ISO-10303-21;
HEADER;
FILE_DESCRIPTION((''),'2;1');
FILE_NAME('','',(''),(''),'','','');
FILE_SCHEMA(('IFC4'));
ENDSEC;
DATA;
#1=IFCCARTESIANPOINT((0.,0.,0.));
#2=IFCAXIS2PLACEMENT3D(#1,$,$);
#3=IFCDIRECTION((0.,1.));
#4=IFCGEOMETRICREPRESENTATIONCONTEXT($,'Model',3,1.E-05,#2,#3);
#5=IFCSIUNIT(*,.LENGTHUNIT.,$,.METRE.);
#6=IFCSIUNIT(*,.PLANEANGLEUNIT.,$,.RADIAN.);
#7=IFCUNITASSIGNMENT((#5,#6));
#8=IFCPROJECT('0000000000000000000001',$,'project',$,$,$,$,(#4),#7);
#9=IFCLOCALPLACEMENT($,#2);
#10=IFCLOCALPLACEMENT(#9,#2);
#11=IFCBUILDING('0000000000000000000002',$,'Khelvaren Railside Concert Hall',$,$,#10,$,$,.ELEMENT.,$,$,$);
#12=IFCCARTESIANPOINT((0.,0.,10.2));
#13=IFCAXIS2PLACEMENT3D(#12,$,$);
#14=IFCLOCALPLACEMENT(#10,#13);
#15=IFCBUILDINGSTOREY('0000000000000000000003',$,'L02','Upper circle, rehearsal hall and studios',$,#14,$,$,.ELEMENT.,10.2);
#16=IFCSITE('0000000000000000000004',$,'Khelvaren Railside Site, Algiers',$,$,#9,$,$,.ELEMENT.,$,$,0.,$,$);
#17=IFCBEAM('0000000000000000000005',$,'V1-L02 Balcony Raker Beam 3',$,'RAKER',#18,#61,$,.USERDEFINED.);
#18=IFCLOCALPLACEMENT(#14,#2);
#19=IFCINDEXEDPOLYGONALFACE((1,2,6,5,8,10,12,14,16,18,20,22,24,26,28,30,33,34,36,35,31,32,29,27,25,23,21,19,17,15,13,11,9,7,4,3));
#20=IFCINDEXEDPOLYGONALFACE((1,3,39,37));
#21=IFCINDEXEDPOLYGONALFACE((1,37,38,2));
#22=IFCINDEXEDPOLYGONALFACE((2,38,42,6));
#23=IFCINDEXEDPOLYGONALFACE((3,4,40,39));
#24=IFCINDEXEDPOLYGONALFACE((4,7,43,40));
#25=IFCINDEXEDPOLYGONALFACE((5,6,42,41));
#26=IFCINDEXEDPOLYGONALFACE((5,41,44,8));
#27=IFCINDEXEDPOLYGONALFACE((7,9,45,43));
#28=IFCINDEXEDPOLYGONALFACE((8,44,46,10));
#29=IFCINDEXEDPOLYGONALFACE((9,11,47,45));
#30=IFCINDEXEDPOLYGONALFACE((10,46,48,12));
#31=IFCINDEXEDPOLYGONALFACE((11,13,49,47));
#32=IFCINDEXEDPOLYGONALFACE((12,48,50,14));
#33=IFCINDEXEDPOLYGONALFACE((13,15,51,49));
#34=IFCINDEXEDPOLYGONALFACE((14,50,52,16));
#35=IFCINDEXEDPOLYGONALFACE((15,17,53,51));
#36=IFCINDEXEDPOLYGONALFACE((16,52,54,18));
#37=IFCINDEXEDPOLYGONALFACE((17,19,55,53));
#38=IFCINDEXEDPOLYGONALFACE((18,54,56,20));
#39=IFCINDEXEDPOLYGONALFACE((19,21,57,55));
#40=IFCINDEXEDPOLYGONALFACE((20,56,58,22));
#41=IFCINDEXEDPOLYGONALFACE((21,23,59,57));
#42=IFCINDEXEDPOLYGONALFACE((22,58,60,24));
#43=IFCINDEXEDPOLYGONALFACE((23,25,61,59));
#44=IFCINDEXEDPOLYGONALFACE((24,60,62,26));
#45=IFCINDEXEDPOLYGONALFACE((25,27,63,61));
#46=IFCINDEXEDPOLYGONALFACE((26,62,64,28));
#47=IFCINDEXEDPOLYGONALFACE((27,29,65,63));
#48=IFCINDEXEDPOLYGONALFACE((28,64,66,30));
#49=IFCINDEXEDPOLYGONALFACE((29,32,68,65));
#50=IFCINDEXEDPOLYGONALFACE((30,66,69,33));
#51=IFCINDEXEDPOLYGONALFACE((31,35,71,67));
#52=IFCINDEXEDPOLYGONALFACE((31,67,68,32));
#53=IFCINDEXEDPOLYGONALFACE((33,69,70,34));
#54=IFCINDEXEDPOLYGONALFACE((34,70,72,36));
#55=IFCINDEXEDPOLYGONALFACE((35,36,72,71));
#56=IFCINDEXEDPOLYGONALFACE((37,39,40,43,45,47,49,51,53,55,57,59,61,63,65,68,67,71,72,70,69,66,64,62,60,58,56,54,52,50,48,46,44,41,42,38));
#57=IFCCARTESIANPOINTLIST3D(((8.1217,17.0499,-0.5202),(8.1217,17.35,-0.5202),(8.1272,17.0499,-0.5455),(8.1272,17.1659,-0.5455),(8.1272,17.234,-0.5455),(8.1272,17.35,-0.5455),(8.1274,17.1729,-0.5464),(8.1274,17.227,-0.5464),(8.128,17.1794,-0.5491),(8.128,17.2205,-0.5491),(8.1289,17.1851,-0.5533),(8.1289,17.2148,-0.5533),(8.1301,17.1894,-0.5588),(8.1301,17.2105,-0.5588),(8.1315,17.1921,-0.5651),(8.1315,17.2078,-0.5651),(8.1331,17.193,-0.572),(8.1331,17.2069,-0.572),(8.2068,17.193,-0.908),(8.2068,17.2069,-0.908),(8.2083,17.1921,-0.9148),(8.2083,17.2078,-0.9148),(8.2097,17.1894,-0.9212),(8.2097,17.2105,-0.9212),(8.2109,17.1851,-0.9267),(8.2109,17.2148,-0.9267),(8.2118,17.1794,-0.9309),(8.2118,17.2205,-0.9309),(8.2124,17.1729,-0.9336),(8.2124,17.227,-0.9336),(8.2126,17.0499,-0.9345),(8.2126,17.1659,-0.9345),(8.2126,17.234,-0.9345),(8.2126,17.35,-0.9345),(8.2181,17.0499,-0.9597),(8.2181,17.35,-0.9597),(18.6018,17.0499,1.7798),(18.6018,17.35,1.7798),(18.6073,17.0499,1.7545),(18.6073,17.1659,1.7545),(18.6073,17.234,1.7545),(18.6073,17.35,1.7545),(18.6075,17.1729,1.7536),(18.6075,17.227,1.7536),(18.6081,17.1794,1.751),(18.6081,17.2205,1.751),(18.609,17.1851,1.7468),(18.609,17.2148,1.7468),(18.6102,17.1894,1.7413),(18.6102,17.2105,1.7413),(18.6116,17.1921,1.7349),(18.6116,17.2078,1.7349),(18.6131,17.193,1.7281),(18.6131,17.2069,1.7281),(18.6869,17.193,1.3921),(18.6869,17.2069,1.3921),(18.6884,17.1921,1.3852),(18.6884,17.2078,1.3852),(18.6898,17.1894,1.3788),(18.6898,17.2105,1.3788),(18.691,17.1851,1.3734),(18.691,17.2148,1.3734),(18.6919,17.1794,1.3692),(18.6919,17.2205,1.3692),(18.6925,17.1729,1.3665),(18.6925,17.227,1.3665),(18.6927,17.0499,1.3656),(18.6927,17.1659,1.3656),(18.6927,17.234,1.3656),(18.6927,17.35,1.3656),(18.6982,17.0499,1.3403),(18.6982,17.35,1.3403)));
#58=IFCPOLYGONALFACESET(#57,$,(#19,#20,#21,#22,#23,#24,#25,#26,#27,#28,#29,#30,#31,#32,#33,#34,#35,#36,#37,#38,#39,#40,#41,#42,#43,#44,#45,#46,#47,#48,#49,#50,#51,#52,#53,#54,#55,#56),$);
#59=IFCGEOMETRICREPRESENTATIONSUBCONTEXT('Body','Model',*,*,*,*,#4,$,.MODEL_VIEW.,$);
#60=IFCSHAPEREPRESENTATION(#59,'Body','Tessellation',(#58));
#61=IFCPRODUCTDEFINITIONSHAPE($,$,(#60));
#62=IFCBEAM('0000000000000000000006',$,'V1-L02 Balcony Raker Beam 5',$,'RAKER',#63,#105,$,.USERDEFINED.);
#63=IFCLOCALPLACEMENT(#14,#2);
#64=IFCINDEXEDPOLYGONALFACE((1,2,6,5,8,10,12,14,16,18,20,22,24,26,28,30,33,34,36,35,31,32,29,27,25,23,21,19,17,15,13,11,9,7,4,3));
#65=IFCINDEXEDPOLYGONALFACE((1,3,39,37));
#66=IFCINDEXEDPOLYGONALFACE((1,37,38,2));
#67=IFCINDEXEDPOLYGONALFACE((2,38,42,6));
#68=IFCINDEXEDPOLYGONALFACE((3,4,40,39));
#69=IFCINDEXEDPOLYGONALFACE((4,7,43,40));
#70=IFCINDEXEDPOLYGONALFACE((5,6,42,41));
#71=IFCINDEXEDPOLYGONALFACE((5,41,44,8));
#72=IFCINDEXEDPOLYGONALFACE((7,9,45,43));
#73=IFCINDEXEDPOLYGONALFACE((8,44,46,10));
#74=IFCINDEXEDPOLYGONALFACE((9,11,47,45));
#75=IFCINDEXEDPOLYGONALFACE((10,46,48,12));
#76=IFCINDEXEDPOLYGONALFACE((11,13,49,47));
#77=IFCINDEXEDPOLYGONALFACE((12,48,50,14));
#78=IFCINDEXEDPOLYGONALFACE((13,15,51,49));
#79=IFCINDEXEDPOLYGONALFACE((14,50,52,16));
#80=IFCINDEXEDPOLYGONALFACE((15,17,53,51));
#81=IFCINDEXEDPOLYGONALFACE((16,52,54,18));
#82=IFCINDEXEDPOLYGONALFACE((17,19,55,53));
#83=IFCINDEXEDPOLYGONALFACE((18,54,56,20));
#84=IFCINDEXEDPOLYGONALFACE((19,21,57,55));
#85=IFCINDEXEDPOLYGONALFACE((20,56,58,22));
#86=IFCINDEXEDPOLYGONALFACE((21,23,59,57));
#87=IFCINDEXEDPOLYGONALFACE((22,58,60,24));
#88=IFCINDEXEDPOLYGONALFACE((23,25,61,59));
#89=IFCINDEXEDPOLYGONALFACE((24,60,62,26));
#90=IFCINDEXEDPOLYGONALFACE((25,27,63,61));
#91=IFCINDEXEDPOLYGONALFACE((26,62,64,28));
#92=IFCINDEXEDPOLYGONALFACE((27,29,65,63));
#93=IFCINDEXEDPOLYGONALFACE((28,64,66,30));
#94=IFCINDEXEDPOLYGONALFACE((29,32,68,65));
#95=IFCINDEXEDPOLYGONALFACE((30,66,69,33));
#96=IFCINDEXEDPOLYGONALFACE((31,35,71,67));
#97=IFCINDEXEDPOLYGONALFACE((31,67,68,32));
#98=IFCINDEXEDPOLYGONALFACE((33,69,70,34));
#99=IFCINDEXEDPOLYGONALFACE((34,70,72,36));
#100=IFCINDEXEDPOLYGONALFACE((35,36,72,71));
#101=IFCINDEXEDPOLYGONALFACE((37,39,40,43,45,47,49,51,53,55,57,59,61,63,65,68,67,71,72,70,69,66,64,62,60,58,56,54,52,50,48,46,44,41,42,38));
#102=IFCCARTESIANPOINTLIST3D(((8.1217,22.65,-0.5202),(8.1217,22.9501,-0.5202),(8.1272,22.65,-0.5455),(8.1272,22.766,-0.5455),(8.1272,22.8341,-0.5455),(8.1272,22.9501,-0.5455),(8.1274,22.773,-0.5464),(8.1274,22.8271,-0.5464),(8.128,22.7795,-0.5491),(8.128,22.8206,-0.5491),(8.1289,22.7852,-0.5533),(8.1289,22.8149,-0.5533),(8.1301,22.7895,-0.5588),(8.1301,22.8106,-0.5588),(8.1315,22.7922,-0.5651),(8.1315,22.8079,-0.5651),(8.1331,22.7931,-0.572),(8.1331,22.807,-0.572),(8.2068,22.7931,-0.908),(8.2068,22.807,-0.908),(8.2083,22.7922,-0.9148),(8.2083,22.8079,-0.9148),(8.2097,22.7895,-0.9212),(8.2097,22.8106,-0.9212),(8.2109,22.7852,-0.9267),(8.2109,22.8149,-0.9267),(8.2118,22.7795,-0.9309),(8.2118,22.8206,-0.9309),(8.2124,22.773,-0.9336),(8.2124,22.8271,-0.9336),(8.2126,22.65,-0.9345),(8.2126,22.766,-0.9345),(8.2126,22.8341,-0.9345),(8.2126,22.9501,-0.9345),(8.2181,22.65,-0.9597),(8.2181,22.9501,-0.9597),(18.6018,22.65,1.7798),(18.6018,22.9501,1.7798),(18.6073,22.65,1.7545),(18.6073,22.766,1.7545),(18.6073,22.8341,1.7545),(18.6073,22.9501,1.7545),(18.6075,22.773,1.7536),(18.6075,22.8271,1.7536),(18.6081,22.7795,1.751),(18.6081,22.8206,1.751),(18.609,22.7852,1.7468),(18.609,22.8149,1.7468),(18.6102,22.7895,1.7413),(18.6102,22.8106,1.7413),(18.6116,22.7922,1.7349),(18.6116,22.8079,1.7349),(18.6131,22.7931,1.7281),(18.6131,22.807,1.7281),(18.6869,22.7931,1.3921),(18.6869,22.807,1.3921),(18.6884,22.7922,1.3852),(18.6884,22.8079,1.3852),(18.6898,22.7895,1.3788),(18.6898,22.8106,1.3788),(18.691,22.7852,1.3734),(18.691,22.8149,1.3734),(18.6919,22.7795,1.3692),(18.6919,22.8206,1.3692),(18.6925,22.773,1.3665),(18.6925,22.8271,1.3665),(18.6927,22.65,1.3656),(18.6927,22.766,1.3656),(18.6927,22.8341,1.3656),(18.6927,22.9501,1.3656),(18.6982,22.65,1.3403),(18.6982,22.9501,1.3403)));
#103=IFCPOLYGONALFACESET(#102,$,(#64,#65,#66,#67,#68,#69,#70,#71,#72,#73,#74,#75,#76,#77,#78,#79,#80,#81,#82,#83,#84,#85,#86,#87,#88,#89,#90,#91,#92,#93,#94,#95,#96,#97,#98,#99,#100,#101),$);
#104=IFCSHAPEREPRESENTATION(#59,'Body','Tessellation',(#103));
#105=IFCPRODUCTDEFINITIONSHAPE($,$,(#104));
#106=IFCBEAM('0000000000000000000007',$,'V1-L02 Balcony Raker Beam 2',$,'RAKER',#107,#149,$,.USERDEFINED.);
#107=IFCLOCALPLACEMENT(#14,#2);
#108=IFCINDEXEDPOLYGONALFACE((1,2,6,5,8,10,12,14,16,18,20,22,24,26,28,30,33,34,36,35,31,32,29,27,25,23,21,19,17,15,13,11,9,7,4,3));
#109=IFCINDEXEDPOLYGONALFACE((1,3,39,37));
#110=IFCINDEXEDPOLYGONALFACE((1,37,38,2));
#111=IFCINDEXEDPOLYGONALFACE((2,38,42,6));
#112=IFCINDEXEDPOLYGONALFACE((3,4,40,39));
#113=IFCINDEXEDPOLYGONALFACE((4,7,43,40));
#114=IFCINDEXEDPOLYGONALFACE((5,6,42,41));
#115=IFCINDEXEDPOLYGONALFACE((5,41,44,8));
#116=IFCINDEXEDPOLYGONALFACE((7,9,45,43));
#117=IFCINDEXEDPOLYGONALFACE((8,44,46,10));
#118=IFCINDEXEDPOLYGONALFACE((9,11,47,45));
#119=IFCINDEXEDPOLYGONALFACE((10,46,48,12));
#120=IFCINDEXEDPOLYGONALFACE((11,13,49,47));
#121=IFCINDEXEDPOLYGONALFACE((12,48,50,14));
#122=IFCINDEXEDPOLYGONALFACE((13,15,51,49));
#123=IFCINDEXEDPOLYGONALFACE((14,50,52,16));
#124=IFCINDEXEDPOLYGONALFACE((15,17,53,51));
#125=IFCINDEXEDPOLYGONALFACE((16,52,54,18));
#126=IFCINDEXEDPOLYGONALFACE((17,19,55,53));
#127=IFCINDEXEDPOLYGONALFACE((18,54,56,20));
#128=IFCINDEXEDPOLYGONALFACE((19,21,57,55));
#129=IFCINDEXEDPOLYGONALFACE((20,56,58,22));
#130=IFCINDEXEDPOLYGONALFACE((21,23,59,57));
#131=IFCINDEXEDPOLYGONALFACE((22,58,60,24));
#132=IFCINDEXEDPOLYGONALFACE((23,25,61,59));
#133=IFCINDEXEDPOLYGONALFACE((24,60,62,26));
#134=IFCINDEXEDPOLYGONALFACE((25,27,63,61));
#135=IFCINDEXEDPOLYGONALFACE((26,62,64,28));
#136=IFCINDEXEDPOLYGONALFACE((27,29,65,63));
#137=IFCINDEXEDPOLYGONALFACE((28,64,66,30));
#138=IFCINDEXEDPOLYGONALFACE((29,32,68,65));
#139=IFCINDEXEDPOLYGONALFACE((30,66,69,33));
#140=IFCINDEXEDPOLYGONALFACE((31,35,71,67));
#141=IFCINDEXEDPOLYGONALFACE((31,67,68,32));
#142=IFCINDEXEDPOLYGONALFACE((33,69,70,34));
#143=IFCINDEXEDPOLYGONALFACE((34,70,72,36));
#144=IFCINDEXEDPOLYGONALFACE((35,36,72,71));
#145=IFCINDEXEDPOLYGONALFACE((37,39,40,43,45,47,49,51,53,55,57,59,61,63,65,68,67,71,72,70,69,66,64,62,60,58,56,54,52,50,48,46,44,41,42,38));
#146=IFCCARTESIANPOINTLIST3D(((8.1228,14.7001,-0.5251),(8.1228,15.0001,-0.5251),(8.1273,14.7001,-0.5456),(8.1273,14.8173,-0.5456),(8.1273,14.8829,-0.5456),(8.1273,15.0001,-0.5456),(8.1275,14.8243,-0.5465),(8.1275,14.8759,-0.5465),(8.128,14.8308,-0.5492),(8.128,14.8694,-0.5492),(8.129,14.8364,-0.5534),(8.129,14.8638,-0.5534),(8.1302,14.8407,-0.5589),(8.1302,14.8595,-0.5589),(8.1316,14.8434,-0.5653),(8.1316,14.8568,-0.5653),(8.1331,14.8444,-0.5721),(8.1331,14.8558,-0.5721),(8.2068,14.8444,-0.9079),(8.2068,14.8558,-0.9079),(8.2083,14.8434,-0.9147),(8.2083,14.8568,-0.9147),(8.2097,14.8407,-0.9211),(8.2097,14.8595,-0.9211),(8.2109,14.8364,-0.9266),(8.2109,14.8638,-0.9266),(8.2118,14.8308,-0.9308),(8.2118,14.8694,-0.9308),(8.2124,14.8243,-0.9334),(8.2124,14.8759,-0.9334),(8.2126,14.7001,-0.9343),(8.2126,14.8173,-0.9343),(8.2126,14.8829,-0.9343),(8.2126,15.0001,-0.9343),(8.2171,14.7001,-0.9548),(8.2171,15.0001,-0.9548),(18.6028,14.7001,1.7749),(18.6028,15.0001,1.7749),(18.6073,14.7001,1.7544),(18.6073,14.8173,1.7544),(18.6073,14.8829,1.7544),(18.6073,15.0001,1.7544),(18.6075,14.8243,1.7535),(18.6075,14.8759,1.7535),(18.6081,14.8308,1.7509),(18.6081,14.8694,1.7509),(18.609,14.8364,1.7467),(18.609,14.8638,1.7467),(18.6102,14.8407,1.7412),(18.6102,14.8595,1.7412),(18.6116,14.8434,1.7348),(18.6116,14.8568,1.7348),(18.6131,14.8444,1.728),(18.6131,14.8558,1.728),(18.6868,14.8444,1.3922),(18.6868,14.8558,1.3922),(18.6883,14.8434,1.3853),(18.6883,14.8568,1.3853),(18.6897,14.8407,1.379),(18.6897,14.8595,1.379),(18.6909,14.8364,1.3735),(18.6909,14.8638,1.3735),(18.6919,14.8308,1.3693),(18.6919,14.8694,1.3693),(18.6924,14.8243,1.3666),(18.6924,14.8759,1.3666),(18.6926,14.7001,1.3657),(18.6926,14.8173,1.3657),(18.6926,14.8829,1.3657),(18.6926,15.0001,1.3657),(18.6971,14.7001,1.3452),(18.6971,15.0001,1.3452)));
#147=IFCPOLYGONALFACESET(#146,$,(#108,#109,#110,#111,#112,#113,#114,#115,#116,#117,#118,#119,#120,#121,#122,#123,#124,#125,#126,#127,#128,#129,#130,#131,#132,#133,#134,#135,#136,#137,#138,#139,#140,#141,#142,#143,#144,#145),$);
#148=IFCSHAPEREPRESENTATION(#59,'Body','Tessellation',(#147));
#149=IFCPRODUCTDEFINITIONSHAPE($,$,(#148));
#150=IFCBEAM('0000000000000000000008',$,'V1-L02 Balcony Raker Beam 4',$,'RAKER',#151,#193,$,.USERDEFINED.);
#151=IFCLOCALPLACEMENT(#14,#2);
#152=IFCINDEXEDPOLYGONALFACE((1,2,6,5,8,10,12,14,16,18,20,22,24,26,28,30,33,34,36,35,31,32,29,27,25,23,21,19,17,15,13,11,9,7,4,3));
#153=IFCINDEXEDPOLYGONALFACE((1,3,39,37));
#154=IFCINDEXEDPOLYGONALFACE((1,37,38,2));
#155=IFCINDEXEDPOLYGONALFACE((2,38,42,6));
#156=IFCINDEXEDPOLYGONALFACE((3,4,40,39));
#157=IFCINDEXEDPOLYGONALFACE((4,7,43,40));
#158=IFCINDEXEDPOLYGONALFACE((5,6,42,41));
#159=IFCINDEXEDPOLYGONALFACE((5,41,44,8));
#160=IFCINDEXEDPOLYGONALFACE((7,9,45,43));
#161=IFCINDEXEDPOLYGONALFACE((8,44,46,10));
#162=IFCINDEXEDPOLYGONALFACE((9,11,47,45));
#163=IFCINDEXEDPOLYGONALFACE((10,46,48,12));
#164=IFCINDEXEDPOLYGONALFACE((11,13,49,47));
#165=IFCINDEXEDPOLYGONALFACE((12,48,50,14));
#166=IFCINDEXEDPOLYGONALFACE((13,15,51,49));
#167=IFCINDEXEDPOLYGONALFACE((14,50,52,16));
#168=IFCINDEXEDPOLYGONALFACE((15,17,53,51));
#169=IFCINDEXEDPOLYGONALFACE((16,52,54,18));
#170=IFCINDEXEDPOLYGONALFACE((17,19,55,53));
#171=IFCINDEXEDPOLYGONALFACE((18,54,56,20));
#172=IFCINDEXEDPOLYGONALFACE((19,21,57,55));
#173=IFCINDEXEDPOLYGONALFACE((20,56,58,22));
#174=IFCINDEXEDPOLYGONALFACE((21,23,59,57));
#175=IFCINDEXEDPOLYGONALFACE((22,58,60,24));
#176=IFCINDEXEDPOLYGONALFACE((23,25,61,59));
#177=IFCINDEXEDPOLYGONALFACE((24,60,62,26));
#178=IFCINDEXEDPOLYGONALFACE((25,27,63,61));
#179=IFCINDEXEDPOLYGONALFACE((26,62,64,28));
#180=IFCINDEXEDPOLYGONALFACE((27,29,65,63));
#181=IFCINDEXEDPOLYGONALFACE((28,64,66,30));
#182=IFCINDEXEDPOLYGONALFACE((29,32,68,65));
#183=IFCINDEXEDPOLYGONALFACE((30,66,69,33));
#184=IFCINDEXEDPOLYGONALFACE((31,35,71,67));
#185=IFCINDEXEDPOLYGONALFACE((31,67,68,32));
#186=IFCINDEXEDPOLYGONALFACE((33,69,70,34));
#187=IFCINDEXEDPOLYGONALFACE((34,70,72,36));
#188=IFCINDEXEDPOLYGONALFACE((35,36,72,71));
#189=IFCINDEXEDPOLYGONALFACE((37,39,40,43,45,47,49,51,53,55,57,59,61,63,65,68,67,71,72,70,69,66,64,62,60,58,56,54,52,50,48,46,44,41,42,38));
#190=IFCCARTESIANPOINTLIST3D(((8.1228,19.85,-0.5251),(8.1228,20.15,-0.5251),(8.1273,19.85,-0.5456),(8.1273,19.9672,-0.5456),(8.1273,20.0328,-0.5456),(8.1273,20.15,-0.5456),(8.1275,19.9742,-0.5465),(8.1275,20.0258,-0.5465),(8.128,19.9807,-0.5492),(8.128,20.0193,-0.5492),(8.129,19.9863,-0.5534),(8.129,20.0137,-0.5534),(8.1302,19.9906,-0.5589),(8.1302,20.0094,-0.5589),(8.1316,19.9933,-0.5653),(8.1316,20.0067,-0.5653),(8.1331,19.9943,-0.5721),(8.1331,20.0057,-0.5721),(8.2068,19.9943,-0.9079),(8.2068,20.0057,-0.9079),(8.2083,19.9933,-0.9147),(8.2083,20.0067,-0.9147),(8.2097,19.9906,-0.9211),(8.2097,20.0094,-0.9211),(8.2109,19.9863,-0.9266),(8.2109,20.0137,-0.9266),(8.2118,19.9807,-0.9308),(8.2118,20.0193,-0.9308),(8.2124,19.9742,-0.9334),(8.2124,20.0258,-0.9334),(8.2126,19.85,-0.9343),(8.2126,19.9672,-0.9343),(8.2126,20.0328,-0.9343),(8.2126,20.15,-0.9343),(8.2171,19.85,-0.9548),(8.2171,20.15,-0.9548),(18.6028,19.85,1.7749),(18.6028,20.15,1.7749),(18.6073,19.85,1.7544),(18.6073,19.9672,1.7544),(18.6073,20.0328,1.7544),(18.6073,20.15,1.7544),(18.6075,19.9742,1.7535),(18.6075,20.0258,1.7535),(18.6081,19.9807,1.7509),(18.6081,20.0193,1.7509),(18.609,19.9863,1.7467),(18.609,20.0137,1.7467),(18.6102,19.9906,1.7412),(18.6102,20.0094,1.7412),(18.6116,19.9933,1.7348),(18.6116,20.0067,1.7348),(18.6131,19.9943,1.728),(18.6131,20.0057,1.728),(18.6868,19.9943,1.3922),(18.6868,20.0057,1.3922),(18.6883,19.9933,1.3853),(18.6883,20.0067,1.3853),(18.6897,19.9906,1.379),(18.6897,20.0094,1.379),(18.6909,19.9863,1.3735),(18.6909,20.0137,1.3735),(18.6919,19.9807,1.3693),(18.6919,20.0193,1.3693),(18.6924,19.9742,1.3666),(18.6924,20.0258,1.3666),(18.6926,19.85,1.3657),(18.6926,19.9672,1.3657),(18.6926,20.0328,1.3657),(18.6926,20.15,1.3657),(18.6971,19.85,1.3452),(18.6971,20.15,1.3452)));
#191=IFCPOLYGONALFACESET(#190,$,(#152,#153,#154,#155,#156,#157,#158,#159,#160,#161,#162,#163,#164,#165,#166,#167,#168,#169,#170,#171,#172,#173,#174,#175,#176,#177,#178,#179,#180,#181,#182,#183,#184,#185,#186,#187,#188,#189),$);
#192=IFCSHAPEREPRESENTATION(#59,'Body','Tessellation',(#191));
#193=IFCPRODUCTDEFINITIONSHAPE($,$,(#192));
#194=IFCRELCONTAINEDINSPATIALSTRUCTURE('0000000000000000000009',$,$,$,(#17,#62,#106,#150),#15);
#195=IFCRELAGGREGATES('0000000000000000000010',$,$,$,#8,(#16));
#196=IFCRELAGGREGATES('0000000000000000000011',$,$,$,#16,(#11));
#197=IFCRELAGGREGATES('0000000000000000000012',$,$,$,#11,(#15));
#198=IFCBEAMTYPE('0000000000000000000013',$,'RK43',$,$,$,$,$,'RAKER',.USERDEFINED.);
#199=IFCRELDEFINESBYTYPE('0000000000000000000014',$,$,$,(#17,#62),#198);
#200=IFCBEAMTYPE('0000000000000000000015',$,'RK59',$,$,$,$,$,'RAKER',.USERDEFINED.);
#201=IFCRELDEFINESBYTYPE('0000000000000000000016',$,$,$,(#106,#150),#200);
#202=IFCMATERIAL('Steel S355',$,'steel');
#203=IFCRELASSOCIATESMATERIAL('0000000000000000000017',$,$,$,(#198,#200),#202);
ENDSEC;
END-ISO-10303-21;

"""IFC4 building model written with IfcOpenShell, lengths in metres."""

from ifc_helpers import new_model, si_unit, direction, frame, origin, origin_2d, place, context, subcontext, project, spatial, i_section, extrude, material, material_profile, profile_set, type_object, element, save


model = new_model("IFC4")

# Units and contexts
model_context = context("Model", 3, precision=1e-05, world=origin(), true_north=direction((0.0, 1.0)))
body_context = subcontext(model_context, "Body", "Model", "MODEL_VIEW")
ifc_project = project(units=[si_unit("LENGTHUNIT", "METRE"), si_unit("PLANEANGLEUNIT", "RADIAN")], contexts=[model_context])

# Site, building, storey
site_placement = place(None, origin())
site = spatial("IfcSite", under=ifc_project, at=site_placement, Name="Khelvaren Railside Site, Algiers", CompositionType="ELEMENT", RefElevation=0.0)
building_placement = place(site_placement, origin())
building = spatial("IfcBuilding", under=site, at=building_placement, Name="Khelvaren Railside Concert Hall", CompositionType="ELEMENT")
storey_placement = place(building_placement, frame((0.0, 0.0, 10.2)))
storey = spatial("IfcBuildingStorey", under=building, at=storey_placement, Name="L02", Description="Upper circle, rehearsal hall and studios", CompositionType="ELEMENT", Elevation=10.2)

# Shared definitions
ifc_material_1 = material(Name="Steel S355", Category="steel")

# Beams
ifc_material_profile_1 = material_profile(ifc_material_1, i_section(OverallWidth=0.3, OverallDepth=0.45, WebThickness=0.0139, FlangeThickness=0.0259, FilletRadius=0.0271, at=origin_2d()), Name="HEB 450")
ifc_profile_set_1 = profile_set([ifc_material_profile_1], Name="Steel S355")
beam_type_1 = type_object("IfcBeamType", Name="RK43", ElementType="RAKER", PredefinedType="USERDEFINED", material=ifc_profile_set_1)
for number, where, z_axis, x_axis, name in (
    (1, (8.1699, 17.2, -0.74), (0.976753, 0.0, 0.214369), (0.0, 1.0, 0.0), "V1-L02 Balcony Raker Beam 3"),
    (2, (8.1699, 22.8, -0.74), (0.976753, 0.0, 0.214369), (0.0, 1.0, 0.0), "V1-L02 Balcony Raker Beam 5"),
):
    element("IfcBeam", number, at=place(storey_placement, frame(where, z_axis=z_axis, x_axis=x_axis)), inside=storey, type_object=beam_type_1, Name=name, ObjectType="RAKER", PredefinedType="USERDEFINED", context=body_context, shape_type="SweptSolid", body=[
        extrude(i_section(OverallWidth=0.3, OverallDepth=0.45, WebThickness=0.0139, FlangeThickness=0.0259, FilletRadius=0.0271, at=origin_2d()), origin(), (0.0, 0.0, 1.0), 10.7295),
    ])
ifc_material_profile_2 = material_profile(ifc_material_1, i_section(OverallWidth=0.3, OverallDepth=0.4399, WebThickness=0.0115, FlangeThickness=0.021, FilletRadius=0.0271, at=origin_2d()), Name="HEA 450")
ifc_profile_set_2 = profile_set([ifc_material_profile_2], Name="Steel S355")
beam_type_2 = type_object("IfcBeamType", Name="RK59", ElementType="RAKER", PredefinedType="USERDEFINED", material=ifc_profile_set_2)
for number, where, z_axis, x_axis, name in (
    (3, (8.1699, 14.8501, -0.74), (0.976753, 0.0, 0.214369), (0.0, 1.0, 0.0), "V1-L02 Balcony Raker Beam 2"),
    (4, (8.1699, 20.0, -0.74), (0.976753, 0.0, 0.214369), (0.0, 1.0, 0.0), "V1-L02 Balcony Raker Beam 4"),
):
    element("IfcBeam", number, at=place(storey_placement, frame(where, z_axis=z_axis, x_axis=x_axis)), inside=storey, type_object=beam_type_2, Name=name, ObjectType="RAKER", PredefinedType="USERDEFINED", context=body_context, shape_type="SweptSolid", body=[
        extrude(i_section(OverallWidth=0.3, OverallDepth=0.4399, WebThickness=0.0115, FlangeThickness=0.021, FilletRadius=0.0271, at=origin_2d()), origin(), (0.0, 0.0, 1.0), 10.7295),
    ])

save(model, "model.ifc")
